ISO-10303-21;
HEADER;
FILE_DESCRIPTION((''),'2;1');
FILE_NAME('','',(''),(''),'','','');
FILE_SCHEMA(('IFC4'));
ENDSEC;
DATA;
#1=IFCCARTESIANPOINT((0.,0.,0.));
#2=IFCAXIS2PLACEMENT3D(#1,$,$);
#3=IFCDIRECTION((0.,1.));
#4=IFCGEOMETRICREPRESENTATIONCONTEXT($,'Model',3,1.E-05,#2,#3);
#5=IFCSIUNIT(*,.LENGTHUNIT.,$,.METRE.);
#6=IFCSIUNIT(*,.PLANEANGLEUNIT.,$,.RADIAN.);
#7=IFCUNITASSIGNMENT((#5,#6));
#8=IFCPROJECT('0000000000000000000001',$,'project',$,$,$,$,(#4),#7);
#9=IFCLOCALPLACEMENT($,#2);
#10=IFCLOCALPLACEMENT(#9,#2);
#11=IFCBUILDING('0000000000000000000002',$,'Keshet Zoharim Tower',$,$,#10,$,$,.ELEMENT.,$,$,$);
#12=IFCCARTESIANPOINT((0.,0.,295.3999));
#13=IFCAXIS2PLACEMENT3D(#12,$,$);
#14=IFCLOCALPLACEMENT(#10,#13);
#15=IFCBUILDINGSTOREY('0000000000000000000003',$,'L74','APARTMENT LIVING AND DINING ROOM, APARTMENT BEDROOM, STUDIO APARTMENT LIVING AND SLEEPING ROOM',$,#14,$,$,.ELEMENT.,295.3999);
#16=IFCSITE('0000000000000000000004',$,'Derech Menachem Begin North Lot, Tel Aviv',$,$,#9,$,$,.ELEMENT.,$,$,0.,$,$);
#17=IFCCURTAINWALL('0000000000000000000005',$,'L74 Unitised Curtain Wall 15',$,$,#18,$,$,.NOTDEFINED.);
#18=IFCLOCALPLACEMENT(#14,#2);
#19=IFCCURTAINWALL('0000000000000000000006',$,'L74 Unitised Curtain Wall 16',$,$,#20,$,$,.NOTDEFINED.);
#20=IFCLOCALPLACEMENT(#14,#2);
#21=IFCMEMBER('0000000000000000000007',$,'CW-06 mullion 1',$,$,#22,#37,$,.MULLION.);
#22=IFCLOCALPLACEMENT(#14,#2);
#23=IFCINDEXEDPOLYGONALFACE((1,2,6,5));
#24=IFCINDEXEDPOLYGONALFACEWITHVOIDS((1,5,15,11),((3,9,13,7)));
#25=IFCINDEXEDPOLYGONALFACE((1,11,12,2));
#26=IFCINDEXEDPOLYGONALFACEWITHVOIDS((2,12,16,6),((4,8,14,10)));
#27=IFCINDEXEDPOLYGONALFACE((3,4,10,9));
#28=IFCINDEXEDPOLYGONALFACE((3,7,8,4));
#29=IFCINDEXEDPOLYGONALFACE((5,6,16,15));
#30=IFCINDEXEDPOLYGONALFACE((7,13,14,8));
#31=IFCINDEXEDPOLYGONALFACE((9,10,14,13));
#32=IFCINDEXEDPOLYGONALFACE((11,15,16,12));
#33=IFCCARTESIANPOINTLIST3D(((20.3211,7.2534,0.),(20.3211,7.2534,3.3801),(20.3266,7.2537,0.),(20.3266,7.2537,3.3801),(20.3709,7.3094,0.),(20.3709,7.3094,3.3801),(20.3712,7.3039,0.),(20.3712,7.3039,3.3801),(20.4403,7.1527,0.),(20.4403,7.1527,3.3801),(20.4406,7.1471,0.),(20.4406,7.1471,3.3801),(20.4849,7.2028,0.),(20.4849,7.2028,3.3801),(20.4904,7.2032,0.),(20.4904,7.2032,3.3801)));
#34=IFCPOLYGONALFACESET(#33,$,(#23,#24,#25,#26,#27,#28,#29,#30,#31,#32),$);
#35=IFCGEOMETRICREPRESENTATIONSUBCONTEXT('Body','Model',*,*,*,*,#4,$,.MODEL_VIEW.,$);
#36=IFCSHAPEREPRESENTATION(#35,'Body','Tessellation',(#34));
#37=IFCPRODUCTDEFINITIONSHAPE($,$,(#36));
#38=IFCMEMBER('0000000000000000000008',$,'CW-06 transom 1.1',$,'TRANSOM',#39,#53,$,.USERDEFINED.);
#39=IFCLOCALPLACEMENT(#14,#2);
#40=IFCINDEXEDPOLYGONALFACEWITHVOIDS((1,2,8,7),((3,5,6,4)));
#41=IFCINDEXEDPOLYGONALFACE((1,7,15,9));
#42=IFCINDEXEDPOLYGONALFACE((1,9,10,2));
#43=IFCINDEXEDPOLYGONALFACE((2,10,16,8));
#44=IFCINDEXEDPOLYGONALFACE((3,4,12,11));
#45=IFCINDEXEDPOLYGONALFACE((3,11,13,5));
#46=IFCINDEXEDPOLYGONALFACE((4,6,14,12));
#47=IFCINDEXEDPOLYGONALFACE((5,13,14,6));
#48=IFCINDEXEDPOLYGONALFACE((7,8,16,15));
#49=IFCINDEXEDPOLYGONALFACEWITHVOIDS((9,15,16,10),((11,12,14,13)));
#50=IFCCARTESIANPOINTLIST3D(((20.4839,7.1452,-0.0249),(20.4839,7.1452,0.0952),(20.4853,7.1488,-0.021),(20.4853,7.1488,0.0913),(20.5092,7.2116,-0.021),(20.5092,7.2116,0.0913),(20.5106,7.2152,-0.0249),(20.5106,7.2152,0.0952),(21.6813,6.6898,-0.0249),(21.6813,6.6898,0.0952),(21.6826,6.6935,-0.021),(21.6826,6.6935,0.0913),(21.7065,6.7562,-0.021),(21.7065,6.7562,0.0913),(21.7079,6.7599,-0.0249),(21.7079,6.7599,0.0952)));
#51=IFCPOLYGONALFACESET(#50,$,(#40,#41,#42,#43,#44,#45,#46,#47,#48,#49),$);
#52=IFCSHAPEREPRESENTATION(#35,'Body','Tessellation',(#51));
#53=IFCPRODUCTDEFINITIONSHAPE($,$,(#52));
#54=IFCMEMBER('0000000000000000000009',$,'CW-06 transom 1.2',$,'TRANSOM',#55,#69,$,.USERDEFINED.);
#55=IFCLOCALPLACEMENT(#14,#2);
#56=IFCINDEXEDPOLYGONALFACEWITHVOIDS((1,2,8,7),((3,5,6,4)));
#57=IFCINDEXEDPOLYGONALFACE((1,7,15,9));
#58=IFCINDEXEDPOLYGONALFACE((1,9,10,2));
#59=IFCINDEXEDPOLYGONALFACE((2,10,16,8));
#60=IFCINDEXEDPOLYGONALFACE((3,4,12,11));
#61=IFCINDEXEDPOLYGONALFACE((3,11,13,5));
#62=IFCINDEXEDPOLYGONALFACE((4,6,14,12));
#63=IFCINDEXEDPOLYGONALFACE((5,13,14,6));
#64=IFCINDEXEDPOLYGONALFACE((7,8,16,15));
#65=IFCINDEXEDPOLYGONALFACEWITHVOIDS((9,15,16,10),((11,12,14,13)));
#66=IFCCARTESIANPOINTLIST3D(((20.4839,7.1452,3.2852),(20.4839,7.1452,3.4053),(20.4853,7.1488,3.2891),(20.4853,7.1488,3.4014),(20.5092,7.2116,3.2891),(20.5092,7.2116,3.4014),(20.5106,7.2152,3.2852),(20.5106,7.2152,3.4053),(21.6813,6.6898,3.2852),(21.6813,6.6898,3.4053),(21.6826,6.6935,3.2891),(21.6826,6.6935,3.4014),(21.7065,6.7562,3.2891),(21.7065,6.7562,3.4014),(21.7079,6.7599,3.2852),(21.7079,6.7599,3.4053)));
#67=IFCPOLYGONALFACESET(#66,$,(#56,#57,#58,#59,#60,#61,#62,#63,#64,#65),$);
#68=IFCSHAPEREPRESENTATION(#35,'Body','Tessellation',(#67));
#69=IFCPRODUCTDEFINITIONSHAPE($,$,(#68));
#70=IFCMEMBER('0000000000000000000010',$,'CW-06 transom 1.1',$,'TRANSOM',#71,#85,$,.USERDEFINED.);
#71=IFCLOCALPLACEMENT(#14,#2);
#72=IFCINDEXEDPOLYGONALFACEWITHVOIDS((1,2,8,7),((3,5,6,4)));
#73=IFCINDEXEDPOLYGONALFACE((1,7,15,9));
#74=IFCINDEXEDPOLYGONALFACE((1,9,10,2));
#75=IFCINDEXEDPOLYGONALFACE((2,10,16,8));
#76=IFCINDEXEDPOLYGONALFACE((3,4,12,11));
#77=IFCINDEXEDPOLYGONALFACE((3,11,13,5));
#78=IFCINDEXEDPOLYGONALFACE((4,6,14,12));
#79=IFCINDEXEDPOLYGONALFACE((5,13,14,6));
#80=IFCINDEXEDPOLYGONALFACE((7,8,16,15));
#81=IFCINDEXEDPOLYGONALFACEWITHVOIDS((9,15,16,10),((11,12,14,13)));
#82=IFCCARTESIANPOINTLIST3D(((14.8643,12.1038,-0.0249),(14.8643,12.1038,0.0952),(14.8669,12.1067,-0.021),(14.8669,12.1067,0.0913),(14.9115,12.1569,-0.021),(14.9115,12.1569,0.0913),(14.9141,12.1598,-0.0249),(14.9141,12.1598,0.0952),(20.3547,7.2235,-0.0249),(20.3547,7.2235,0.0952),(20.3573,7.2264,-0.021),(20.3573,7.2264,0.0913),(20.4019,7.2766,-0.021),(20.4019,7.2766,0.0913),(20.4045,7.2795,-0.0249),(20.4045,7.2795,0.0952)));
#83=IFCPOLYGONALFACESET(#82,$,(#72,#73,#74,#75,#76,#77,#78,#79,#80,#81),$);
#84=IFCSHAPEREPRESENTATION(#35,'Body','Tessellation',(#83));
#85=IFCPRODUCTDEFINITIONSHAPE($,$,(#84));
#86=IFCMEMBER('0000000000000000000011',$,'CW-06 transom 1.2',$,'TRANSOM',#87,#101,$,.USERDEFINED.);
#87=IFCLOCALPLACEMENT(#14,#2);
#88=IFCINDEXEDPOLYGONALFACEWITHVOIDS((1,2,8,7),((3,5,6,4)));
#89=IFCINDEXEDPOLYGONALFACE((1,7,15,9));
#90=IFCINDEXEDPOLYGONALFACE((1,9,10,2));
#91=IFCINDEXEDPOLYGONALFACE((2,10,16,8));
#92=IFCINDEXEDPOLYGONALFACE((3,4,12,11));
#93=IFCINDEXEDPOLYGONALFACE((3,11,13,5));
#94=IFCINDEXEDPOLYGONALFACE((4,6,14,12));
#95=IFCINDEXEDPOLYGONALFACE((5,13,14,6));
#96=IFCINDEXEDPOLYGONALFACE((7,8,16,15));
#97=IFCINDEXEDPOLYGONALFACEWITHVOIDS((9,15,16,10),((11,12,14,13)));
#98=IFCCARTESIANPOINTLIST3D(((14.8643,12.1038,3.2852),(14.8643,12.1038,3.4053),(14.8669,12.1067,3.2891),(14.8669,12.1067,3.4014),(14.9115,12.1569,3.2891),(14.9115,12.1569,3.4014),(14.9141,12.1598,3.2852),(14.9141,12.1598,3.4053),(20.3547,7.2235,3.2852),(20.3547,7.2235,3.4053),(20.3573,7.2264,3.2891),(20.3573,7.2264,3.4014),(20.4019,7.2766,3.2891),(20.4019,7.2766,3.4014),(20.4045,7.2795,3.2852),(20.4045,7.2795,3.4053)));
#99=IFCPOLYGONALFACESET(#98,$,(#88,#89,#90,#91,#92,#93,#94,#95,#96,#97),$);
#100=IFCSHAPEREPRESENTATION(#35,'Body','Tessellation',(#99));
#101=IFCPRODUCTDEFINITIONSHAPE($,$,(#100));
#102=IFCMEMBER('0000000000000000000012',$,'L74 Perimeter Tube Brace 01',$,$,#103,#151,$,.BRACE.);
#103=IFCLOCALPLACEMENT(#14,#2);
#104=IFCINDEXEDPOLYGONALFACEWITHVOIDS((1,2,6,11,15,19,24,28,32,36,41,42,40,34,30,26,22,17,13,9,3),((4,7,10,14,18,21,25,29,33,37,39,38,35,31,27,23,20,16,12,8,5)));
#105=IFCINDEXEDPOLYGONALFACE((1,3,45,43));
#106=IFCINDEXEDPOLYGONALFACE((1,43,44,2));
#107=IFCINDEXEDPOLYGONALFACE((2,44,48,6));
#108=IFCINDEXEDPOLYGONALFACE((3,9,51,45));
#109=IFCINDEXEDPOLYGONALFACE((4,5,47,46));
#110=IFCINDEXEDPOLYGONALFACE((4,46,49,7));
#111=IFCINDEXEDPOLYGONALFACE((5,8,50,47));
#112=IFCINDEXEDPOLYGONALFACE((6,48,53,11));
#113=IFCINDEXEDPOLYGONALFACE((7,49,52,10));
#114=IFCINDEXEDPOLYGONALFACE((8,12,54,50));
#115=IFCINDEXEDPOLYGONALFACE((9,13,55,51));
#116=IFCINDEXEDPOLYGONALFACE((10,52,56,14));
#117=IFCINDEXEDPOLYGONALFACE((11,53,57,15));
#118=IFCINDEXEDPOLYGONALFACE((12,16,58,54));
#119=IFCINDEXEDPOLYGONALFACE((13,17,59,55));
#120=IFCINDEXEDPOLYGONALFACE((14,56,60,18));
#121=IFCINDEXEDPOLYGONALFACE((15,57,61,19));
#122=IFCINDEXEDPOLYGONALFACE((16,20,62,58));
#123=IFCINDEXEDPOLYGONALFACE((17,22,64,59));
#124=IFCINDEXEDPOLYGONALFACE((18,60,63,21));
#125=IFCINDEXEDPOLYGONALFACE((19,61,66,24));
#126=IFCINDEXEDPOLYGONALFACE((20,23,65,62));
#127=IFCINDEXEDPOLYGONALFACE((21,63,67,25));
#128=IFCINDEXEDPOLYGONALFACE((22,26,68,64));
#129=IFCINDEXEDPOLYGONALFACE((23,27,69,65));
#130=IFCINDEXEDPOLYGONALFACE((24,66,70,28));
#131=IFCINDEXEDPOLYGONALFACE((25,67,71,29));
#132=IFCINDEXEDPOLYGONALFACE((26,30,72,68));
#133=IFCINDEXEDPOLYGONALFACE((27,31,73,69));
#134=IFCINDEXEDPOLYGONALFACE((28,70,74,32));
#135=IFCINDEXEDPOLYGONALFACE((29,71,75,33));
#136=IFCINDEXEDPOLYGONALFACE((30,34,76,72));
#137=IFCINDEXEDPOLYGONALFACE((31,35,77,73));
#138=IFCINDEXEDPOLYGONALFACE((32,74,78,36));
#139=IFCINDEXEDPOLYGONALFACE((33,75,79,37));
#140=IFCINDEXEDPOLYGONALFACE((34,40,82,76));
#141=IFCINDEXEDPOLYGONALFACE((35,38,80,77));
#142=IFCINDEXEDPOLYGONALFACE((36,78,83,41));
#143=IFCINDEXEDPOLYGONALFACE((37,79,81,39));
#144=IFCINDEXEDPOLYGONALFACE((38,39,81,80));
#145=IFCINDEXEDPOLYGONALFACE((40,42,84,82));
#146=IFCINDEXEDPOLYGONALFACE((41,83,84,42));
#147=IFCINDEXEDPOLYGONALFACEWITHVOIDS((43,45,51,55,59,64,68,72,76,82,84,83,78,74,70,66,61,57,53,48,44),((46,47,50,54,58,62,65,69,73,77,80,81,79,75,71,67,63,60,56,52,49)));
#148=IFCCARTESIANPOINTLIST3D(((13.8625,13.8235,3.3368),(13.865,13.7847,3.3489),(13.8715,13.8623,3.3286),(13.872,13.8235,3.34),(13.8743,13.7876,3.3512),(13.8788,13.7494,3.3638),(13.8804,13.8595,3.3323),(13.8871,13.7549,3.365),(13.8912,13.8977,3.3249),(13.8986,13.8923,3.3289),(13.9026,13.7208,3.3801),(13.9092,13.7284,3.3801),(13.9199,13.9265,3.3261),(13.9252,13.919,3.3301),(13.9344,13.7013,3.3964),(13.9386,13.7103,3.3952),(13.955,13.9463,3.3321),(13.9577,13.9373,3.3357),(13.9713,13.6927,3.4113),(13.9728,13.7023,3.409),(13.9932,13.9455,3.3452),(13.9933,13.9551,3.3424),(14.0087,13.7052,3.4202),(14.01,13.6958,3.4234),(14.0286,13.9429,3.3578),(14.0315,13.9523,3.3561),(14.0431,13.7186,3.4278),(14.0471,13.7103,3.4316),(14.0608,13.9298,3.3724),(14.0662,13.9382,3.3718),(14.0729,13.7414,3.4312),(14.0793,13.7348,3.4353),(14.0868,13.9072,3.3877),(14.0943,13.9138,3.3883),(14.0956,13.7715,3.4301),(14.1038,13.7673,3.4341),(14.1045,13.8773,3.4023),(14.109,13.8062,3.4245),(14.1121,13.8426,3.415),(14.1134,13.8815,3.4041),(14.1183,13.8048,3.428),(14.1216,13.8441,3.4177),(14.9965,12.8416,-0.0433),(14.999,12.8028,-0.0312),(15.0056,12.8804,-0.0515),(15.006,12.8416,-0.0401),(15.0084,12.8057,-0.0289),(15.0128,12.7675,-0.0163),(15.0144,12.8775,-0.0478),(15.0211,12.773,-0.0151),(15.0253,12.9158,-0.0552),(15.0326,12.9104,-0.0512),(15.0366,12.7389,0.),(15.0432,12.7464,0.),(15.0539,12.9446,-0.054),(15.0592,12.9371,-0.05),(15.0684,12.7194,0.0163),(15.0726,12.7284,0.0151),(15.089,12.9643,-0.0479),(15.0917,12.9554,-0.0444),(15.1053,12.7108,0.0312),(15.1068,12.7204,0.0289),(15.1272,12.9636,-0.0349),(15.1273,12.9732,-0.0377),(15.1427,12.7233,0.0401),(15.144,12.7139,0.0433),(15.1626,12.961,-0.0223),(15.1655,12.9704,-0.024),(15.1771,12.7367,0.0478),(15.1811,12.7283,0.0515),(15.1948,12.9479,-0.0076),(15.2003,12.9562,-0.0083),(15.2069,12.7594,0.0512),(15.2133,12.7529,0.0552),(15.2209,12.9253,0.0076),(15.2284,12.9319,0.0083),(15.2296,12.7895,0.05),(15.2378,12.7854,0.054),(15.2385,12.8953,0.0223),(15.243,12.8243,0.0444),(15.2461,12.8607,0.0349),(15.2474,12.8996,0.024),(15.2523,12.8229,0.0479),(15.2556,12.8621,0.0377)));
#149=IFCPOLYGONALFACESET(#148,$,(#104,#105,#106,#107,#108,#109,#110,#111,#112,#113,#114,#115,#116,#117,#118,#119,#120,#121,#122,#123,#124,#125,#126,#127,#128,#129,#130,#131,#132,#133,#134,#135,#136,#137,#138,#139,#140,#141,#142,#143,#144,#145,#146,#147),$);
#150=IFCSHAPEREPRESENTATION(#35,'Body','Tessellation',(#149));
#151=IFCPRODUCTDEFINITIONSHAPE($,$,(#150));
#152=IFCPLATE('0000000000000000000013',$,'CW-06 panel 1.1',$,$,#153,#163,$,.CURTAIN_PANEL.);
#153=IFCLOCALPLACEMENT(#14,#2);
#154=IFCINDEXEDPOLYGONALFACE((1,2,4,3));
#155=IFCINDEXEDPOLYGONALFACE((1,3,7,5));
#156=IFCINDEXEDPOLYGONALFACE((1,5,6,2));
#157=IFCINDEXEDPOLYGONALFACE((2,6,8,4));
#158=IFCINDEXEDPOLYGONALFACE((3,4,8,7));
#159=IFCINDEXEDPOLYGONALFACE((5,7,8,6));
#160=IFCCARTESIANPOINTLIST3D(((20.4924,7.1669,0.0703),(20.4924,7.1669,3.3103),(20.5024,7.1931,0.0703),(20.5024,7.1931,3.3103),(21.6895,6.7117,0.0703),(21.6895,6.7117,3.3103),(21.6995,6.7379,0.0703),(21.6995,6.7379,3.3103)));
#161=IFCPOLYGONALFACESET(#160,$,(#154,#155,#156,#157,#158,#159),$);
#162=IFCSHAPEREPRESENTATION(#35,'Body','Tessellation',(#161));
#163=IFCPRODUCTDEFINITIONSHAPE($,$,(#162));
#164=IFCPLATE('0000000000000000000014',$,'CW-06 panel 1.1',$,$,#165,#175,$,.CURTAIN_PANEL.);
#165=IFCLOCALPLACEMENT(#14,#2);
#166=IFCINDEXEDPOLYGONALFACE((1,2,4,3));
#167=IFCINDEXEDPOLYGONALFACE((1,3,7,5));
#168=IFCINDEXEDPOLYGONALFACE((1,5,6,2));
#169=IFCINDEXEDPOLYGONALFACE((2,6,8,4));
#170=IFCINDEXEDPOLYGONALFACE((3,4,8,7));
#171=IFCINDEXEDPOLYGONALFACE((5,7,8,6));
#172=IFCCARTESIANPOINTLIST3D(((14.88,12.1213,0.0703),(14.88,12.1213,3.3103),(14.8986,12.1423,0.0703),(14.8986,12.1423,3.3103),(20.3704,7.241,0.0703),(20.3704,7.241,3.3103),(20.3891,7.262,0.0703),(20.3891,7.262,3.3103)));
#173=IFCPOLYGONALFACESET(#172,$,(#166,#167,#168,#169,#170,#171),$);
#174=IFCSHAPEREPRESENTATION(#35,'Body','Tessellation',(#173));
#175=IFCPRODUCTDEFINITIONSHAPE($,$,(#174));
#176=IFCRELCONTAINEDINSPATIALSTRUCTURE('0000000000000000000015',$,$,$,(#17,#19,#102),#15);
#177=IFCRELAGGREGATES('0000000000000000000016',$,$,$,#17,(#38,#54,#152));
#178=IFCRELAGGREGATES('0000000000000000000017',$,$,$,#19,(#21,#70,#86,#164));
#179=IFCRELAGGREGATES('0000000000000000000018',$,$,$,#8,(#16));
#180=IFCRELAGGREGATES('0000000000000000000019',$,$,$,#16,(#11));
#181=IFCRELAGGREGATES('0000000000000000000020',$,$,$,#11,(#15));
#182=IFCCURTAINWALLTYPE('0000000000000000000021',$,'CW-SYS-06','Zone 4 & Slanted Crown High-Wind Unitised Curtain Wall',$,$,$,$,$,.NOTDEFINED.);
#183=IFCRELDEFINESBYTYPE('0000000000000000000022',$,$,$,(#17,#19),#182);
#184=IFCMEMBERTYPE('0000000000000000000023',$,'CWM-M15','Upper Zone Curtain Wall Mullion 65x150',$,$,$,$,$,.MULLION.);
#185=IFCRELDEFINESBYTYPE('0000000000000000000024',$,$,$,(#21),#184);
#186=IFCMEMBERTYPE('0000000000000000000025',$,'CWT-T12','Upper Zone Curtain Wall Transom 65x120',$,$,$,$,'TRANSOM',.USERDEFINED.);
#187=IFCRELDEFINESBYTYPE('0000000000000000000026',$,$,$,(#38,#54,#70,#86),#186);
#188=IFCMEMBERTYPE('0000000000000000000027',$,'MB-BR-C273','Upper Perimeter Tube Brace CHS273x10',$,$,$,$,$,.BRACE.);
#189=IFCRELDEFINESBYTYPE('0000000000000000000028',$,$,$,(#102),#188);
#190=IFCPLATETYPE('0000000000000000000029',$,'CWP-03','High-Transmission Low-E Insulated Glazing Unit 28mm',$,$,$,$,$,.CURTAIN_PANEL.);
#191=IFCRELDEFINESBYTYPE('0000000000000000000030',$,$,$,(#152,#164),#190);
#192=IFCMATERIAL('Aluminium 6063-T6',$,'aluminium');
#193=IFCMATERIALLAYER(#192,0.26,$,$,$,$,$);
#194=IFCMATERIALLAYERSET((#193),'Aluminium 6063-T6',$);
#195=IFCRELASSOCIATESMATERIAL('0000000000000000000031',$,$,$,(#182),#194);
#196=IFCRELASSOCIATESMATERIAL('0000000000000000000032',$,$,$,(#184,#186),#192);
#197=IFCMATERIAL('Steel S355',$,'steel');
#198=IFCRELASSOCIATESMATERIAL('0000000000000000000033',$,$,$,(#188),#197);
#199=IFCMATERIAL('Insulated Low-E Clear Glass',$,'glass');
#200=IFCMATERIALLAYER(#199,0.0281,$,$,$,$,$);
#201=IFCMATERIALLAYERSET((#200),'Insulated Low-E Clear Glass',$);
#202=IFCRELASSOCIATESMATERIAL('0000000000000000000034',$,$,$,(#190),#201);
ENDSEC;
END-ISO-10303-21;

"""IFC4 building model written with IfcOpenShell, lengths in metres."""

from ifc_helpers import new_model, si_unit, direction, frame, origin, origin_2d, place, context, subcontext, project, spatial, rectangle, hollow_rectangle, hollow_circle, extrude, material, layer, layer_set, material_profile, profile_set, type_object, element, aggregate, save


model = new_model("IFC4")

# Units and contexts
model_context = context("Model", 3, precision=1e-05, world=origin(), true_north=direction((0.0, 1.0)))
body_context = subcontext(model_context, "Body", "Model", "MODEL_VIEW")
ifc_project = project(units=[si_unit("LENGTHUNIT", "METRE"), si_unit("PLANEANGLEUNIT", "RADIAN")], contexts=[model_context])

# Site, building, storey
site_placement = place(None, origin())
site = spatial("IfcSite", under=ifc_project, at=site_placement, Name="Derech Menachem Begin North Lot, Tel Aviv", CompositionType="ELEMENT", RefElevation=0.0)
building_placement = place(site_placement, origin())
building = spatial("IfcBuilding", under=site, at=building_placement, Name="Keshet Zoharim Tower", CompositionType="ELEMENT")
storey_placement = place(building_placement, frame((0.0, 0.0, 295.3999)))
storey = spatial("IfcBuildingStorey", under=building, at=storey_placement, Name="L74", Description="APARTMENT LIVING AND DINING ROOM, APARTMENT BEDROOM, STUDIO APARTMENT LIVING AND SLEEPING ROOM", CompositionType="ELEMENT", Elevation=295.3999)

# Shared definitions
ifc_material_1 = material(Name="Steel S355", Category="steel")

# Curtain wall
ifc_material_2 = material(Name="Aluminium 6063-T6", Category="aluminium")
ifc_layer_1 = layer(ifc_material_2, 0.26)
ifc_layer_set_1 = layer_set([ifc_layer_1], Name="Aluminium 6063-T6")
curtain_wall_type = type_object("IfcCurtainWallType", Name="CW-SYS-06", Description="Zone 4 & Slanted Crown High-Wind Unitised Curtain Wall", PredefinedType="NOTDEFINED", material=ifc_layer_set_1)
curtain_wall_1_placement = place(storey_placement, origin())
curtain_wall_1 = element("IfcCurtainWall", 1, at=curtain_wall_1_placement, inside=storey, type_object=curtain_wall_type, Name="L74 Unitised Curtain Wall 15", PredefinedType="NOTDEFINED")
ifc_material_profile_1 = material_profile(ifc_material_2, hollow_rectangle(XDim=0.075, YDim=0.1599, WallThickness=0.0039, at=origin_2d()), Name="MUL-75x160")
ifc_profile_set_1 = profile_set([ifc_material_profile_1], Name="Aluminium 6063-T6")
member_type_1 = type_object("IfcMemberType", Name="CWM-M15", Description="Upper Zone Curtain Wall Mullion 65x150", PredefinedType="MULLION", material=ifc_profile_set_1)

# Curtain wall, member
curtain_wall_2_placement = place(storey_placement, origin())
curtain_wall_2 = element("IfcCurtainWall", 2, at=curtain_wall_2_placement, inside=storey, type_object=curtain_wall_type, Name="L74 Unitised Curtain Wall 16", PredefinedType="NOTDEFINED")
member_1_placement = place(storey_placement, frame((20.4058, 7.2283, 0.0), z_axis=(0.0, 0.0, 1.0), x_axis=(-0.664362, -0.747411, 0.0)))
member_1 = element("IfcMember", 3, at=member_1_placement, type_object=member_type_1, Name="CW-06 mullion 1", PredefinedType="MULLION", context=body_context, shape_type="SweptSolid", body=[
    extrude(hollow_rectangle(XDim=0.075, YDim=0.1599, WallThickness=0.0039, at=origin_2d()), origin(), (0.0, 0.0, 1.0), 3.3801),
])

# Members
ifc_material_profile_2 = material_profile(ifc_material_2, hollow_rectangle(XDim=0.075, YDim=0.1201, WallThickness=0.0039, at=origin_2d()), Name="TRN-75x120")
ifc_profile_set_2 = profile_set([ifc_material_profile_2], Name="Aluminium 6063-T6")
member_type_2 = type_object("IfcMemberType", Name="CWT-T12", Description="Upper Zone Curtain Wall Transom 65x120", ElementType="TRANSOM", PredefinedType="USERDEFINED", material=ifc_profile_set_2)
member_2_placement = place(storey_placement, frame((21.6946, 6.7249, 0.0352), z_axis=(-0.93469, 0.355464, 0.0), x_axis=(-0.355464, -0.93469, 0.0)))
member_2 = element("IfcMember", 4, at=member_2_placement, type_object=member_type_2, Name="CW-06 transom 1.1", ObjectType="TRANSOM", PredefinedType="USERDEFINED", context=body_context, shape_type="SweptSolid", body=[
    extrude(hollow_rectangle(XDim=0.075, YDim=0.1201, WallThickness=0.0039, at=origin_2d()), origin(), (0.0, 0.0, 1.0), 1.281),
])
member_3_placement = place(storey_placement, frame((21.6946, 6.7249, 3.3452), z_axis=(-0.93469, 0.355464, 0.0), x_axis=(-0.355464, -0.93469, 0.0)))
member_3 = element("IfcMember", 5, at=member_3_placement, type_object=member_type_2, Name="CW-06 transom 1.2", ObjectType="TRANSOM", PredefinedType="USERDEFINED", context=body_context, shape_type="SweptSolid", body=[
    extrude(hollow_rectangle(XDim=0.075, YDim=0.1201, WallThickness=0.0039, at=origin_2d()), origin(), (0.0, 0.0, 1.0), 1.281),
])
member_4_placement = place(storey_placement, frame((20.3796, 7.2515, 0.0352), z_axis=(-0.747413, 0.66436, 0.0), x_axis=(-0.66436, -0.747413, 0.0)))
member_4 = element("IfcMember", 6, at=member_4_placement, type_object=member_type_2, Name="CW-06 transom 1.1", ObjectType="TRANSOM", PredefinedType="USERDEFINED", context=body_context, shape_type="SweptSolid", body=[
    extrude(hollow_rectangle(XDim=0.075, YDim=0.1201, WallThickness=0.0039, at=origin_2d()), origin(), (0.0, 0.0, 1.0), 7.3459),
])
member_5_placement = place(storey_placement, frame((20.3796, 7.2515, 3.3452), z_axis=(-0.747413, 0.66436, 0.0), x_axis=(-0.66436, -0.747413, 0.0)))
member_5 = element("IfcMember", 7, at=member_5_placement, type_object=member_type_2, Name="CW-06 transom 1.2", ObjectType="TRANSOM", PredefinedType="USERDEFINED", context=body_context, shape_type="SweptSolid", body=[
    extrude(hollow_rectangle(XDim=0.075, YDim=0.1201, WallThickness=0.0039, at=origin_2d()), origin(), (0.0, 0.0, 1.0), 7.3459),
])
ifc_material_profile_3 = material_profile(ifc_material_1, hollow_circle(Radius=0.1365, WallThickness=0.01, at=origin_2d()), Name="CHS273x10")
ifc_profile_set_3 = profile_set([ifc_material_profile_3], Name="Steel S355")
member_type_3 = type_object("IfcMemberType", Name="MB-BR-C273", Description="Upper Perimeter Tube Brace CHS273x10", PredefinedType="BRACE", material=ifc_profile_set_3)
member_6_placement = place(storey_placement, frame((15.126, 12.842, 0.0), z_axis=(-0.306658, 0.265528, 0.914033), x_axis=(-0.65459, -0.755984, 0.0)))
element("IfcMember", 8, at=member_6_placement, inside=storey, type_object=member_type_3, Name="L74 Perimeter Tube Brace 01", PredefinedType="BRACE", context=body_context, shape_type="SweptSolid", body=[
    extrude(hollow_circle(Radius=0.1365, WallThickness=0.01, at=origin_2d()), origin(), (0.0, 0.0, 1.0), 3.698),
])

# Plates
ifc_material_3 = material(Name="Insulated Low-E Clear Glass", Category="glass")
ifc_layer_2 = layer(ifc_material_3, 0.0281)
ifc_layer_set_2 = layer_set([ifc_layer_2], Name="Insulated Low-E Clear Glass")
plate_type = type_object("IfcPlateType", Name="CWP-03", Description="High-Transmission Low-E Insulated Glazing Unit 28mm", PredefinedType="CURTAIN_PANEL", material=ifc_layer_set_2)
plate_1_placement = place(storey_placement, frame((21.0959, 6.9524, 0.0703), z_axis=(0.0, 0.0, 1.0), x_axis=(-0.934699, 0.355439, 0.0)))
plate_1 = element("IfcPlate", 9, at=plate_1_placement, type_object=plate_type, Name="CW-06 panel 1.1", PredefinedType="CURTAIN_PANEL", context=body_context, shape_type="SweptSolid", body=[
    extrude(rectangle(XDim=1.2808, YDim=0.0281, at=origin_2d()), origin(), (0.0, 0.0, 1.0), 3.24),
])
aggregate(curtain_wall_1, [member_2, member_3, plate_1])
plate_2_placement = place(storey_placement, frame((17.6345, 9.6917, 0.0703), z_axis=(0.0, 0.0, 1.0), x_axis=(-0.747411, 0.664362, 0.0)))
plate_2 = element("IfcPlate", 10, at=plate_2_placement, type_object=plate_type, Name="CW-06 panel 1.1", PredefinedType="CURTAIN_PANEL", context=body_context, shape_type="SweptSolid", body=[
    extrude(rectangle(XDim=7.3459, YDim=0.0281, at=origin_2d()), origin(), (0.0, 0.0, 1.0), 3.24),
])
aggregate(curtain_wall_2, [member_1, member_4, member_5, plate_2])

save(model, "model.ifc")
